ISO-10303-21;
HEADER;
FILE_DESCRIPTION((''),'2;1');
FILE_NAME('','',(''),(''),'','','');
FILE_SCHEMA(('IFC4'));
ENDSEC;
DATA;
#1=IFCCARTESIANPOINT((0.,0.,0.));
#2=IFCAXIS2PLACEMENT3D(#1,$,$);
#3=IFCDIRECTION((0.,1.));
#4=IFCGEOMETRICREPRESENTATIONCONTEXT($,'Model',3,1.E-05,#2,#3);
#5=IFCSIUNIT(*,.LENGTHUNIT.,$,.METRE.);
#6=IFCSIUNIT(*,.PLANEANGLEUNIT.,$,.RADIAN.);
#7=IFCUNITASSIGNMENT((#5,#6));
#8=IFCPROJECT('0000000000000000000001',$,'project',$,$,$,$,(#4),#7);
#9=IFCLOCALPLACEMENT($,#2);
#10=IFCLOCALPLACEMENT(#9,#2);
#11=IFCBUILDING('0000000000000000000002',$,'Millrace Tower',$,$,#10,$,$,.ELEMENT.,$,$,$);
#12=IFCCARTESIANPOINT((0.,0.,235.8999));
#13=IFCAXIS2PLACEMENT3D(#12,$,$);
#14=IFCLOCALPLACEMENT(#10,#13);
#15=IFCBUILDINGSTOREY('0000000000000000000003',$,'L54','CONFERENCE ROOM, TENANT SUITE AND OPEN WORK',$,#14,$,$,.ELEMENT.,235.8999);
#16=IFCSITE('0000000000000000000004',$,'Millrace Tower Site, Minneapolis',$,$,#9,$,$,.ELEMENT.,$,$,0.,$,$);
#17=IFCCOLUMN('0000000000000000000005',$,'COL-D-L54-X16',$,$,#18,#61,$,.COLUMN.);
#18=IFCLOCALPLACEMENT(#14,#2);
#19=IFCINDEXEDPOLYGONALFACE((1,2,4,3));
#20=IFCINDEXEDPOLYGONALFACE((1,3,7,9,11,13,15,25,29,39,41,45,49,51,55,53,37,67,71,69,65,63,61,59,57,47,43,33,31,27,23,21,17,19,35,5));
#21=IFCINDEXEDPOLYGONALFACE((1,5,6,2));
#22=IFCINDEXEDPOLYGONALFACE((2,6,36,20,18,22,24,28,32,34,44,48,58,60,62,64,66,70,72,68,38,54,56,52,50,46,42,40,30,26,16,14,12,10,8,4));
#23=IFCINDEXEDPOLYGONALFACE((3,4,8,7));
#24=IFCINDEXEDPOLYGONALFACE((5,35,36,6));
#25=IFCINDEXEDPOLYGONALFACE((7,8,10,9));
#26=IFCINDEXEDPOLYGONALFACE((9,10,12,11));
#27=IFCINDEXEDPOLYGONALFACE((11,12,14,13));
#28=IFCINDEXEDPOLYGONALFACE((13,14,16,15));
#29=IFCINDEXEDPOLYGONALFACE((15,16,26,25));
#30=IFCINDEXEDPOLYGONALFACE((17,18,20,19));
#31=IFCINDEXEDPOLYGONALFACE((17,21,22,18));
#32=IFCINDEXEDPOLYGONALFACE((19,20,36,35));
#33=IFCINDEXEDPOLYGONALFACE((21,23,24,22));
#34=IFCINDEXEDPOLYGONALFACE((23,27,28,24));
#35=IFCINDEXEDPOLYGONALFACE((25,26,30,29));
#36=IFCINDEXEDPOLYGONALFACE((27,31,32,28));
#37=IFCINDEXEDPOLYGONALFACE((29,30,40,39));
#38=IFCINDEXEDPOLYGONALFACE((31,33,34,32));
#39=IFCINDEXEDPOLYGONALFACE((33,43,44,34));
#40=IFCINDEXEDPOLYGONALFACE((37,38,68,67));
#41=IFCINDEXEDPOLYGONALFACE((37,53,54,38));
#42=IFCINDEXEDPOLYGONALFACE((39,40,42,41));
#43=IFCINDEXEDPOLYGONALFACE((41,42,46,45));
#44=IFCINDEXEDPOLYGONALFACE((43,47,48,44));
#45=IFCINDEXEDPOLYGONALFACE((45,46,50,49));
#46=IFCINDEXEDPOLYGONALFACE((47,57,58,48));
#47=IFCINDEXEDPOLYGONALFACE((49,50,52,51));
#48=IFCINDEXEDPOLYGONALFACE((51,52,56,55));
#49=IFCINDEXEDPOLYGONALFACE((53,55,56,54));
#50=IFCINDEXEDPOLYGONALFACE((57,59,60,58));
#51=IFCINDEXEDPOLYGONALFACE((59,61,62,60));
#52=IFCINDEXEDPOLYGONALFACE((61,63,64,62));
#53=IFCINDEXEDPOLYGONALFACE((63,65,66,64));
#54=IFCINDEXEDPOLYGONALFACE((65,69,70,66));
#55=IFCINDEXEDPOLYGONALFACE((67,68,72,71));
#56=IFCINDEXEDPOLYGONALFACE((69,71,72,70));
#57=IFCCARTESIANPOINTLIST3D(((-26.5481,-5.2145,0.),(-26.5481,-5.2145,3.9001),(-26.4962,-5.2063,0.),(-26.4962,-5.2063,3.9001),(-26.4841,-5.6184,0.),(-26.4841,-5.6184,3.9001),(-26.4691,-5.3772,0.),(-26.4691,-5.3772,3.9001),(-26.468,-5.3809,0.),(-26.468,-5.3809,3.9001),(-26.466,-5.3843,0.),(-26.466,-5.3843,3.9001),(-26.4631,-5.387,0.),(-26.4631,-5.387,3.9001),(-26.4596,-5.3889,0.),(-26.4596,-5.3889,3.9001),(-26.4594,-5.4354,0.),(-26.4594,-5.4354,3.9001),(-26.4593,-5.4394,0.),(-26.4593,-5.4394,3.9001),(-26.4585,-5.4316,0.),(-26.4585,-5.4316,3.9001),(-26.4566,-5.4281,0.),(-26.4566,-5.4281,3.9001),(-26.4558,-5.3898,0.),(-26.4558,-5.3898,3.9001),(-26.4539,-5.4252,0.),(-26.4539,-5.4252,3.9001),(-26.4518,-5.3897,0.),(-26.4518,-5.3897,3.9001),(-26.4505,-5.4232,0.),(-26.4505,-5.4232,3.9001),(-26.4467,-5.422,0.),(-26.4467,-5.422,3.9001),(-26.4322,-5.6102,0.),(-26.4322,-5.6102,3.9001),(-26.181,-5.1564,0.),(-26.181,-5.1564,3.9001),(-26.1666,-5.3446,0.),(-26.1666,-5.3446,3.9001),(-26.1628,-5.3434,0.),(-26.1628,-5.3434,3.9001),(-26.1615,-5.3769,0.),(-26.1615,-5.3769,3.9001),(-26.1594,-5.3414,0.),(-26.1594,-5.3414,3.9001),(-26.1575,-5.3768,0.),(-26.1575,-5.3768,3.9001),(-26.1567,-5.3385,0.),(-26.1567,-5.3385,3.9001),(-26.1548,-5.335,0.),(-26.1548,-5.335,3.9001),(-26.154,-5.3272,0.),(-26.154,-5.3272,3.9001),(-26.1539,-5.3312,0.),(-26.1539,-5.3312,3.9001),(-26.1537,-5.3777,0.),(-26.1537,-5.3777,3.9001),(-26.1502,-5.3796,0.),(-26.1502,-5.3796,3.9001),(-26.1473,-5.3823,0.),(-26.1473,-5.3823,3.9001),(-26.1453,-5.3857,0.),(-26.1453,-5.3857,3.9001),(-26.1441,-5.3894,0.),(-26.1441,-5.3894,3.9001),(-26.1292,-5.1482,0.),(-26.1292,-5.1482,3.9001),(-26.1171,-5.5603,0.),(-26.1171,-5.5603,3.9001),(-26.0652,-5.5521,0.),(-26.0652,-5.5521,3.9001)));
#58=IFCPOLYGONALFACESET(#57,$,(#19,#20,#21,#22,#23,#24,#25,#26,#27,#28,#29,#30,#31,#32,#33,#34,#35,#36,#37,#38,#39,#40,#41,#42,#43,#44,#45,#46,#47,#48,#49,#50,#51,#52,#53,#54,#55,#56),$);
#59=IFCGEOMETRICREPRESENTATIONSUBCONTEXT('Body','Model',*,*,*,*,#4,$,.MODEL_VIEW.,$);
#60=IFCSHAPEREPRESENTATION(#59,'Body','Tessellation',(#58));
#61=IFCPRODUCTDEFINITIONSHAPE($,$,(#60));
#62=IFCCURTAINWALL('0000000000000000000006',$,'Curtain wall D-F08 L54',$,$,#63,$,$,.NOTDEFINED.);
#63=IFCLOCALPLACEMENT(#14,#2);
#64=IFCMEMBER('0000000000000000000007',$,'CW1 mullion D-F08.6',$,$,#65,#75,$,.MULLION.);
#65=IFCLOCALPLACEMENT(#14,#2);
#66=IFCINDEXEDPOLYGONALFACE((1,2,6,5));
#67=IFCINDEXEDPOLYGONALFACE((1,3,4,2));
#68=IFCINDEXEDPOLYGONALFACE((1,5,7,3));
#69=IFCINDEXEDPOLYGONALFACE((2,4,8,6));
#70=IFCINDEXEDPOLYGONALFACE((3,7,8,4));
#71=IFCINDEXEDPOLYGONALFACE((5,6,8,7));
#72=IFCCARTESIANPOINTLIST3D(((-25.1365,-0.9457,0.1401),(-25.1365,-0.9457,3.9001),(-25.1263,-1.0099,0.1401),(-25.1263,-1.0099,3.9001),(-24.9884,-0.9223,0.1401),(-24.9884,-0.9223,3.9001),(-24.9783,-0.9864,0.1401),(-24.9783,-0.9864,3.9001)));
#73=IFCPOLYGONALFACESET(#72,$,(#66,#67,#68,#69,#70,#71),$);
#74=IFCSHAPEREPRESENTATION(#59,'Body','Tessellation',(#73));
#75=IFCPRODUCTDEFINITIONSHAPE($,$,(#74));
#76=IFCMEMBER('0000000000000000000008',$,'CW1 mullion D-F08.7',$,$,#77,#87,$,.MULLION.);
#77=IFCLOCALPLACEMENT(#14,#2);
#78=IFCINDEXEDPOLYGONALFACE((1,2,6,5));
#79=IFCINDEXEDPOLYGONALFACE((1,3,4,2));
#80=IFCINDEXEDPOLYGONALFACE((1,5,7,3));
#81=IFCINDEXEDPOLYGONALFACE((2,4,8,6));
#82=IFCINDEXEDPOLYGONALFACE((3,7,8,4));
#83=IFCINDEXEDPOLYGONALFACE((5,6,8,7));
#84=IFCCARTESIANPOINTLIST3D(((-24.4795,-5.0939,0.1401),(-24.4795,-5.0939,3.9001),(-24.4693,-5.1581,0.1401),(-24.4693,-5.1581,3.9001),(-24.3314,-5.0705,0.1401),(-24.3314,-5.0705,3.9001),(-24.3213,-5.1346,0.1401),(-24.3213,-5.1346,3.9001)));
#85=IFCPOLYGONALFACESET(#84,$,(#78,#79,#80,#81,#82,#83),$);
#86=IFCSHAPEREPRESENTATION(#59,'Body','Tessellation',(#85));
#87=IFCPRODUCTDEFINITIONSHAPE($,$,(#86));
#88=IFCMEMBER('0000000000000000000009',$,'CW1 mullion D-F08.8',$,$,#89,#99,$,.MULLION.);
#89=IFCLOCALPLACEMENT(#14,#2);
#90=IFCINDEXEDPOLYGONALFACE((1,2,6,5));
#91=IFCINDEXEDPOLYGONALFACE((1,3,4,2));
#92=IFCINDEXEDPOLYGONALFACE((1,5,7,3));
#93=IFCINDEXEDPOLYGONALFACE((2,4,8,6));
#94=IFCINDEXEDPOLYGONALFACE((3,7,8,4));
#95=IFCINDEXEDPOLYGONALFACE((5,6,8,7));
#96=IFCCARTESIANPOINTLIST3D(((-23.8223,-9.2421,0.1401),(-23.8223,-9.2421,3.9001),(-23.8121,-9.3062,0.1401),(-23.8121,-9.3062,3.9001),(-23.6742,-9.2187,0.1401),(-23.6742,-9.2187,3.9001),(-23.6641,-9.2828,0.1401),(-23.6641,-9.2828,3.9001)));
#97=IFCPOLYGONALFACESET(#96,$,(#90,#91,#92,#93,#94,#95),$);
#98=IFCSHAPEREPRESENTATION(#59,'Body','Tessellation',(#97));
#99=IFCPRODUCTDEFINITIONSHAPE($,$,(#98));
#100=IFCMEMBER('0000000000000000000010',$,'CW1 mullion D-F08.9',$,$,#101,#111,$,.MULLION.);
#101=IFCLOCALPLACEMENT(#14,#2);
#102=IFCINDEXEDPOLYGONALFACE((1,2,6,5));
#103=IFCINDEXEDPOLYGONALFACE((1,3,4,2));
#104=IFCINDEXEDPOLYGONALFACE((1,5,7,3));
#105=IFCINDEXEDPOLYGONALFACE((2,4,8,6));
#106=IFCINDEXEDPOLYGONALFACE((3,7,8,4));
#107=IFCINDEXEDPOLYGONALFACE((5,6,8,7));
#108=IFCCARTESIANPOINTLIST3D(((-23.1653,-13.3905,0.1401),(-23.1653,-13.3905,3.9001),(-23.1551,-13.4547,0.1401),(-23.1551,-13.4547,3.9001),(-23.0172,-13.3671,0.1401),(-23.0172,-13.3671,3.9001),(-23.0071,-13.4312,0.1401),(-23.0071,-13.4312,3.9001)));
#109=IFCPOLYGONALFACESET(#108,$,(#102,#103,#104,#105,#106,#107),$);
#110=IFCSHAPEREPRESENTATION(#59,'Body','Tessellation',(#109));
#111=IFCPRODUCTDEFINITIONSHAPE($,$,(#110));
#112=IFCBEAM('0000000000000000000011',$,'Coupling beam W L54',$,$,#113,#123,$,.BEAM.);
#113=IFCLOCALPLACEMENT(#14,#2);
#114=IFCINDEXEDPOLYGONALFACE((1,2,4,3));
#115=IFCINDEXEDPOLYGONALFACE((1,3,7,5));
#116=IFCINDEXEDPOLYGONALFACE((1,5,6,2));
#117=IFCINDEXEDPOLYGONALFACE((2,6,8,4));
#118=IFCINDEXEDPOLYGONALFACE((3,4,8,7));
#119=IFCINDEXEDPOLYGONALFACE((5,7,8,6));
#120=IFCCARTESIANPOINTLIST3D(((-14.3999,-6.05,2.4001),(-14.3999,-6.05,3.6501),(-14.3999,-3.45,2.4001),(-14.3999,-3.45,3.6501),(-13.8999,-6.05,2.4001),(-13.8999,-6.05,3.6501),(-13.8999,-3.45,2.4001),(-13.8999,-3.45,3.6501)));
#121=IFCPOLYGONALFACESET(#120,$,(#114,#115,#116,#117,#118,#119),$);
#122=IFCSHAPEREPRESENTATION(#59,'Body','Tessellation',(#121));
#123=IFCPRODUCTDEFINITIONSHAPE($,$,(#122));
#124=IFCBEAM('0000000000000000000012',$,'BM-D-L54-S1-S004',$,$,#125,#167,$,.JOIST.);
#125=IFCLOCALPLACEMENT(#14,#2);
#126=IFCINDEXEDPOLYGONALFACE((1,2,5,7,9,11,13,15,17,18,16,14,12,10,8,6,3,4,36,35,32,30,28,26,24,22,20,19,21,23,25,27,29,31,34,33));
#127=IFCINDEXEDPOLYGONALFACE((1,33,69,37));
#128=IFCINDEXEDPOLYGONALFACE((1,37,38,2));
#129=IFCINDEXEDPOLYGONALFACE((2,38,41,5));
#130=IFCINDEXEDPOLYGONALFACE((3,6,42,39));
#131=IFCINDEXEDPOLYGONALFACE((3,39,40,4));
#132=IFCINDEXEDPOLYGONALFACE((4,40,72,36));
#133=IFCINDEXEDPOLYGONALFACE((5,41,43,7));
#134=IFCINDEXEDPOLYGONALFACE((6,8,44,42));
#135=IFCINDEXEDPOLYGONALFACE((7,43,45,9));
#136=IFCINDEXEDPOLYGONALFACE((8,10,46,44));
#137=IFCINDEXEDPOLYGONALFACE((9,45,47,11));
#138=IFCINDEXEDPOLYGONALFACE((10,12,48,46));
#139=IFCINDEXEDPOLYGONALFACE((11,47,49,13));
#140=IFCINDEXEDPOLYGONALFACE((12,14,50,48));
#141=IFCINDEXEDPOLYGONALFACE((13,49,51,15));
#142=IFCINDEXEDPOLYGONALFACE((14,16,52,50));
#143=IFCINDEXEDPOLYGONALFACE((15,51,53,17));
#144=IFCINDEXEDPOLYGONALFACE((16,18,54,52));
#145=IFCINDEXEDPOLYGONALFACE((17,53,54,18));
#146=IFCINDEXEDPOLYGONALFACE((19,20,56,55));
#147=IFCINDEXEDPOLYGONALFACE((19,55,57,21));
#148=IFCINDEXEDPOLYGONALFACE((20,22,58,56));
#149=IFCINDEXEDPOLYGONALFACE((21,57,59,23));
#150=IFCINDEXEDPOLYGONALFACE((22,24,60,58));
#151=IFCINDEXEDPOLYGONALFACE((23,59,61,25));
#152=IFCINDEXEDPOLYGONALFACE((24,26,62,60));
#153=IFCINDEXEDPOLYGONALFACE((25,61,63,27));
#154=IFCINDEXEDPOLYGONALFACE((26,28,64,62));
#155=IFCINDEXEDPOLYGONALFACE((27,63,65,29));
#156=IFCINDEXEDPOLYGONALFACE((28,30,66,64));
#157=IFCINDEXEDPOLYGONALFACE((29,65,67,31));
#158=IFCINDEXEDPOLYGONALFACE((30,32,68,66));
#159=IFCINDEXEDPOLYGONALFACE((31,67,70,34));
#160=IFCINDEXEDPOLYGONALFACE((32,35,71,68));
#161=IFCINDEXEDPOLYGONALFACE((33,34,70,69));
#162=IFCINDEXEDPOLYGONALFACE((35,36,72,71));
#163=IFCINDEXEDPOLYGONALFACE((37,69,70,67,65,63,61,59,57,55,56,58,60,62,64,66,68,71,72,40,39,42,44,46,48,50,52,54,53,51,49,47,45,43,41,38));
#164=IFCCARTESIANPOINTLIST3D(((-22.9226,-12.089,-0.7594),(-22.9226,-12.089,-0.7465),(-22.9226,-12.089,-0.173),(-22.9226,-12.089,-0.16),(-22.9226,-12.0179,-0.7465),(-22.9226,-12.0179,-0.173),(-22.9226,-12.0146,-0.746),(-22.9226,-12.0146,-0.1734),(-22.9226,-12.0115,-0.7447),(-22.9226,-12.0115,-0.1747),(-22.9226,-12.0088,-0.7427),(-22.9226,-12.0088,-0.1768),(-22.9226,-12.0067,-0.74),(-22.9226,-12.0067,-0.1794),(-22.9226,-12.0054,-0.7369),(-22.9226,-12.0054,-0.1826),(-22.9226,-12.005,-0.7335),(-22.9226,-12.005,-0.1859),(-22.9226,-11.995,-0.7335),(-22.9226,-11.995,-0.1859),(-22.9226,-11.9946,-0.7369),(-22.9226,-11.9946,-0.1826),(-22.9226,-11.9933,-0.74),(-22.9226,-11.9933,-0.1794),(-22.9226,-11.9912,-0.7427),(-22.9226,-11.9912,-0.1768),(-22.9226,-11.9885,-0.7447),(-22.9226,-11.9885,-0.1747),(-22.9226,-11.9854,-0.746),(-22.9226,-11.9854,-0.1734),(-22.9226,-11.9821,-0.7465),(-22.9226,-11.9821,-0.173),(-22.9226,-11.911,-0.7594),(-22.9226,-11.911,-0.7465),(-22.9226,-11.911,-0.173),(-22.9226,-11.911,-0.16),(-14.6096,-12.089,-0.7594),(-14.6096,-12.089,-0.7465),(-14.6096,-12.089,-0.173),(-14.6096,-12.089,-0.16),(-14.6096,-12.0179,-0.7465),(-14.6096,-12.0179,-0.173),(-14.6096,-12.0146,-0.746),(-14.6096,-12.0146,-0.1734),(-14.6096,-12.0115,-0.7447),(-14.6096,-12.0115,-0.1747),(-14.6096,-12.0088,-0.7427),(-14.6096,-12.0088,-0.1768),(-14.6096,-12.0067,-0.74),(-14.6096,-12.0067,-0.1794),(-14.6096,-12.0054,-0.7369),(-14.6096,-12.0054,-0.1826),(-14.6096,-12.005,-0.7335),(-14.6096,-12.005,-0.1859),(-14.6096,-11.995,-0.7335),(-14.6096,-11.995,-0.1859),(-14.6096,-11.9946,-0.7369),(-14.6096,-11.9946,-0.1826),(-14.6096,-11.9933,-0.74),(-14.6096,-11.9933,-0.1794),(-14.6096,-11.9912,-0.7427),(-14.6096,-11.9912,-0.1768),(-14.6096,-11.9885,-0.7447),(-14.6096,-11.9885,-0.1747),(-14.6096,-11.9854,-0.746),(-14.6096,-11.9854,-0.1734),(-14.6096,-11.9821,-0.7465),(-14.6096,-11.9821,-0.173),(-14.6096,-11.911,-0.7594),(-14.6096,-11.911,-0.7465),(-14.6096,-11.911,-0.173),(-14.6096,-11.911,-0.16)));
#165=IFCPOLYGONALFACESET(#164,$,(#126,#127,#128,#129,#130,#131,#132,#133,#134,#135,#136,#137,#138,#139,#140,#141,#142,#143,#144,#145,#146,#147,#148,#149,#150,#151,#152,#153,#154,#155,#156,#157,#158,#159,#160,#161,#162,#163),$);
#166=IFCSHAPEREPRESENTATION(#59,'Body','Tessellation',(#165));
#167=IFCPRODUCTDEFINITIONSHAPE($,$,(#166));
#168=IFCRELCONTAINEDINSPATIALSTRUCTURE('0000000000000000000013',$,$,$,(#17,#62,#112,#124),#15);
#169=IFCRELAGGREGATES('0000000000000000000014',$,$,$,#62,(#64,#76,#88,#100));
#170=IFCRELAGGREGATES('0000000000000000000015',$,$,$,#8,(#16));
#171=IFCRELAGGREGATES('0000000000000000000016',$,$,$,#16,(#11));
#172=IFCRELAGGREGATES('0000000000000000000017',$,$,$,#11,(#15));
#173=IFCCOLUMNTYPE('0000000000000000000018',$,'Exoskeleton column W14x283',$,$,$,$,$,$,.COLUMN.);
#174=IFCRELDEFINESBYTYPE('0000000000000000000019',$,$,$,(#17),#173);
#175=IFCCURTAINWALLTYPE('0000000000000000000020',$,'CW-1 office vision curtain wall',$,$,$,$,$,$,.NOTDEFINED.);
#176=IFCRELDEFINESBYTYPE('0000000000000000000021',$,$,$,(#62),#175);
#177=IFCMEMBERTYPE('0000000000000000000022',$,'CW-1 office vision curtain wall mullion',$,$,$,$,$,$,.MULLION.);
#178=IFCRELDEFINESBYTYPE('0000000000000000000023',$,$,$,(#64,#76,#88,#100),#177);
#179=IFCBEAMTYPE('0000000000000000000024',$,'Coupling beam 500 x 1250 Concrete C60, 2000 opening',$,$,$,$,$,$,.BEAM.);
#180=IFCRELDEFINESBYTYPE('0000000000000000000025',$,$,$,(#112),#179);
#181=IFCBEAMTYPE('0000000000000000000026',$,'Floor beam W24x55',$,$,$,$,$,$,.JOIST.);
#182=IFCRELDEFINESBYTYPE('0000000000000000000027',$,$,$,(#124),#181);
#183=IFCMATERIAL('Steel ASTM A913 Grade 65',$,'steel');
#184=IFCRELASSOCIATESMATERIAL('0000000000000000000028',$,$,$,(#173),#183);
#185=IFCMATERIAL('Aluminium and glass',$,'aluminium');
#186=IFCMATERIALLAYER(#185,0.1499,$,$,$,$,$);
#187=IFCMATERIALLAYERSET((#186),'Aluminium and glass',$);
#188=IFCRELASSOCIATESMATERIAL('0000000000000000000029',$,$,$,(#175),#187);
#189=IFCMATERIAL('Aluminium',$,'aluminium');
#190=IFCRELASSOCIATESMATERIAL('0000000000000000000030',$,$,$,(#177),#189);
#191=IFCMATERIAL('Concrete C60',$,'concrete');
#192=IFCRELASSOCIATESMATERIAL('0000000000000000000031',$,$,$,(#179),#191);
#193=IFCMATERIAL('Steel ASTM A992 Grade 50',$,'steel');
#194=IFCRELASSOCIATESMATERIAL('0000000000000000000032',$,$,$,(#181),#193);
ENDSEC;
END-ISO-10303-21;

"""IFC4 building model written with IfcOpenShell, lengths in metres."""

from ifc_helpers import new_model, si_unit, direction, frame, origin, origin_2d, place, context, subcontext, project, spatial, rectangle, i_section, extrude, material, layer, layer_set, material_profile, profile_set, type_object, element, aggregate, save


model = new_model("IFC4")

# Units and contexts
model_context = context("Model", 3, precision=1e-05, world=origin(), true_north=direction((0.0, 1.0)))
body_context = subcontext(model_context, "Body", "Model", "MODEL_VIEW")
ifc_project = project(units=[si_unit("LENGTHUNIT", "METRE"), si_unit("PLANEANGLEUNIT", "RADIAN")], contexts=[model_context])

# Site, building, storey
site_placement = place(None, origin())
site = spatial("IfcSite", under=ifc_project, at=site_placement, Name="Millrace Tower Site, Minneapolis", CompositionType="ELEMENT", RefElevation=0.0)
building_placement = place(site_placement, origin())
building = spatial("IfcBuilding", under=site, at=building_placement, Name="Millrace Tower", CompositionType="ELEMENT")
storey_placement = place(building_placement, frame((0.0, 0.0, 235.8999)))
storey = spatial("IfcBuildingStorey", under=building, at=storey_placement, Name="L54", Description="CONFERENCE ROOM, TENANT SUITE AND OPEN WORK", CompositionType="ELEMENT", Elevation=235.8999)

# Column
ifc_material_1 = material(Name="Steel ASTM A913 Grade 65", Category="steel")
ifc_material_profile_1 = material_profile(ifc_material_1, i_section(OverallWidth=0.4089, OverallDepth=0.4241, WebThickness=0.0327, FlangeThickness=0.0525, FilletRadius=0.0151, at=origin_2d()))
ifc_profile_set_1 = profile_set([ifc_material_profile_1], Name="Steel ASTM A913 Grade 65")
column_type = type_object("IfcColumnType", Name="Exoskeleton column W14x283", PredefinedType="COLUMN", material=ifc_profile_set_1)
column_placement = place(storey_placement, frame((-26.3066, -5.3833, 0.0), z_axis=(0.0, 0.0, 1.0), x_axis=(0.156434, -0.987688, 0.0)))
element("IfcColumn", 1, at=column_placement, inside=storey, type_object=column_type, Name="COL-D-L54-X16", PredefinedType="COLUMN", context=body_context, shape_type="SweptSolid", body=[
    extrude(i_section(OverallWidth=0.4089, OverallDepth=0.4241, WebThickness=0.0327, FlangeThickness=0.0525, FilletRadius=0.0151, at=origin_2d()), origin(), (0.0, 0.0, 1.0), 3.9001),
])

# Curtain wall, members
ifc_material_2 = material(Name="Aluminium and glass", Category="aluminium")
ifc_layer_1 = layer(ifc_material_2, 0.1499)
ifc_layer_set_1 = layer_set([ifc_layer_1], Name="Aluminium and glass")
curtain_wall_type = type_object("IfcCurtainWallType", Name="CW-1 office vision curtain wall", PredefinedType="NOTDEFINED", material=ifc_layer_set_1)
curtain_wall_placement = place(storey_placement, origin())
curtain_wall = element("IfcCurtainWall", 2, at=curtain_wall_placement, inside=storey, type_object=curtain_wall_type, Name="Curtain wall D-F08 L54", PredefinedType="NOTDEFINED")
ifc_material_3 = material(Name="Aluminium", Category="aluminium")
ifc_material_profile_2 = material_profile(ifc_material_3, rectangle(XDim=0.0649, YDim=0.1499, at=origin_2d()))
ifc_profile_set_2 = profile_set([ifc_material_profile_2], Name="Aluminium")
member_type = type_object("IfcMemberType", Name="CW-1 office vision curtain wall mullion", PredefinedType="MULLION", material=ifc_profile_set_2)
member_1_placement = place(storey_placement, frame((-25.0574, -0.9661, 0.1401), z_axis=(0.0, 0.0, 1.0), x_axis=(0.156434, -0.987688, 0.0)))
member_1 = element("IfcMember", 3, at=member_1_placement, type_object=member_type, Name="CW1 mullion D-F08.6", PredefinedType="MULLION", context=body_context, shape_type="SweptSolid", body=[
    extrude(rectangle(XDim=0.0649, YDim=0.1499, at=origin_2d()), origin(), (0.0, 0.0, 1.0), 3.76),
])
member_2_placement = place(storey_placement, frame((-24.4004, -5.1143, 0.1401), z_axis=(0.0, 0.0, 1.0), x_axis=(0.156434, -0.987688, 0.0)))
member_2 = element("IfcMember", 4, at=member_2_placement, type_object=member_type, Name="CW1 mullion D-F08.7", PredefinedType="MULLION", context=body_context, shape_type="SweptSolid", body=[
    extrude(rectangle(XDim=0.0649, YDim=0.1499, at=origin_2d()), origin(), (0.0, 0.0, 1.0), 3.76),
])
member_3_placement = place(storey_placement, frame((-23.7432, -9.2625, 0.1401), z_axis=(0.0, 0.0, 1.0), x_axis=(0.156434, -0.987688, 0.0)))
member_3 = element("IfcMember", 5, at=member_3_placement, type_object=member_type, Name="CW1 mullion D-F08.8", PredefinedType="MULLION", context=body_context, shape_type="SweptSolid", body=[
    extrude(rectangle(XDim=0.0649, YDim=0.1499, at=origin_2d()), origin(), (0.0, 0.0, 1.0), 3.76),
])
member_4_placement = place(storey_placement, frame((-23.0862, -13.4109, 0.1401), z_axis=(0.0, 0.0, 1.0), x_axis=(0.156434, -0.987688, 0.0)))
member_4 = element("IfcMember", 6, at=member_4_placement, type_object=member_type, Name="CW1 mullion D-F08.9", PredefinedType="MULLION", context=body_context, shape_type="SweptSolid", body=[
    extrude(rectangle(XDim=0.0649, YDim=0.1499, at=origin_2d()), origin(), (0.0, 0.0, 1.0), 3.76),
])
aggregate(curtain_wall, [member_1, member_2, member_3, member_4])

# Beams
ifc_material_4 = material(Name="Concrete C60", Category="concrete")
ifc_material_profile_3 = material_profile(ifc_material_4, rectangle(XDim=0.5, YDim=1.25, at=origin_2d()))
ifc_profile_set_3 = profile_set([ifc_material_profile_3], Name="Concrete C60")
beam_type_1 = type_object("IfcBeamType", Name="Coupling beam 500 x 1250 Concrete C60, 2000 opening", PredefinedType="BEAM", material=ifc_profile_set_3)
beam_1_placement = place(storey_placement, frame((-14.1499, -6.05, 3.0251), z_axis=(0.0, 1.0, 0.0), x_axis=(-1.0, 0.0, 0.0)))
element("IfcBeam", 7, at=beam_1_placement, inside=storey, type_object=beam_type_1, Name="Coupling beam W L54", PredefinedType="BEAM", context=body_context, shape_type="SweptSolid", body=[
    extrude(rectangle(XDim=0.5, YDim=1.25, at=origin_2d()), origin(), (0.0, 0.0, 1.0), 2.6001),
])
ifc_material_5 = material(Name="Steel ASTM A992 Grade 50", Category="steel")
ifc_material_profile_4 = material_profile(ifc_material_5, i_section(OverallWidth=0.178, OverallDepth=0.5994, WebThickness=0.01, FlangeThickness=0.0129, FilletRadius=0.0129, at=origin_2d()))
ifc_profile_set_4 = profile_set([ifc_material_profile_4], Name="Steel ASTM A992 Grade 50")
beam_type_2 = type_object("IfcBeamType", Name="Floor beam W24x55", PredefinedType="JOIST", material=ifc_profile_set_4)
beam_2_placement = place(storey_placement, frame((-22.9226, -12.0, -0.4597), z_axis=(1.0, 0.0, 0.0), x_axis=(0.0, 1.0, 0.0)))
element("IfcBeam", 8, at=beam_2_placement, inside=storey, type_object=beam_type_2, Name="BM-D-L54-S1-S004", PredefinedType="JOIST", context=body_context, shape_type="SweptSolid", body=[
    extrude(i_section(OverallWidth=0.178, OverallDepth=0.5994, WebThickness=0.01, FlangeThickness=0.0129, FilletRadius=0.0129, at=origin_2d()), origin(), (0.0, 0.0, 1.0), 8.313),
])

save(model, "model.ifc")
